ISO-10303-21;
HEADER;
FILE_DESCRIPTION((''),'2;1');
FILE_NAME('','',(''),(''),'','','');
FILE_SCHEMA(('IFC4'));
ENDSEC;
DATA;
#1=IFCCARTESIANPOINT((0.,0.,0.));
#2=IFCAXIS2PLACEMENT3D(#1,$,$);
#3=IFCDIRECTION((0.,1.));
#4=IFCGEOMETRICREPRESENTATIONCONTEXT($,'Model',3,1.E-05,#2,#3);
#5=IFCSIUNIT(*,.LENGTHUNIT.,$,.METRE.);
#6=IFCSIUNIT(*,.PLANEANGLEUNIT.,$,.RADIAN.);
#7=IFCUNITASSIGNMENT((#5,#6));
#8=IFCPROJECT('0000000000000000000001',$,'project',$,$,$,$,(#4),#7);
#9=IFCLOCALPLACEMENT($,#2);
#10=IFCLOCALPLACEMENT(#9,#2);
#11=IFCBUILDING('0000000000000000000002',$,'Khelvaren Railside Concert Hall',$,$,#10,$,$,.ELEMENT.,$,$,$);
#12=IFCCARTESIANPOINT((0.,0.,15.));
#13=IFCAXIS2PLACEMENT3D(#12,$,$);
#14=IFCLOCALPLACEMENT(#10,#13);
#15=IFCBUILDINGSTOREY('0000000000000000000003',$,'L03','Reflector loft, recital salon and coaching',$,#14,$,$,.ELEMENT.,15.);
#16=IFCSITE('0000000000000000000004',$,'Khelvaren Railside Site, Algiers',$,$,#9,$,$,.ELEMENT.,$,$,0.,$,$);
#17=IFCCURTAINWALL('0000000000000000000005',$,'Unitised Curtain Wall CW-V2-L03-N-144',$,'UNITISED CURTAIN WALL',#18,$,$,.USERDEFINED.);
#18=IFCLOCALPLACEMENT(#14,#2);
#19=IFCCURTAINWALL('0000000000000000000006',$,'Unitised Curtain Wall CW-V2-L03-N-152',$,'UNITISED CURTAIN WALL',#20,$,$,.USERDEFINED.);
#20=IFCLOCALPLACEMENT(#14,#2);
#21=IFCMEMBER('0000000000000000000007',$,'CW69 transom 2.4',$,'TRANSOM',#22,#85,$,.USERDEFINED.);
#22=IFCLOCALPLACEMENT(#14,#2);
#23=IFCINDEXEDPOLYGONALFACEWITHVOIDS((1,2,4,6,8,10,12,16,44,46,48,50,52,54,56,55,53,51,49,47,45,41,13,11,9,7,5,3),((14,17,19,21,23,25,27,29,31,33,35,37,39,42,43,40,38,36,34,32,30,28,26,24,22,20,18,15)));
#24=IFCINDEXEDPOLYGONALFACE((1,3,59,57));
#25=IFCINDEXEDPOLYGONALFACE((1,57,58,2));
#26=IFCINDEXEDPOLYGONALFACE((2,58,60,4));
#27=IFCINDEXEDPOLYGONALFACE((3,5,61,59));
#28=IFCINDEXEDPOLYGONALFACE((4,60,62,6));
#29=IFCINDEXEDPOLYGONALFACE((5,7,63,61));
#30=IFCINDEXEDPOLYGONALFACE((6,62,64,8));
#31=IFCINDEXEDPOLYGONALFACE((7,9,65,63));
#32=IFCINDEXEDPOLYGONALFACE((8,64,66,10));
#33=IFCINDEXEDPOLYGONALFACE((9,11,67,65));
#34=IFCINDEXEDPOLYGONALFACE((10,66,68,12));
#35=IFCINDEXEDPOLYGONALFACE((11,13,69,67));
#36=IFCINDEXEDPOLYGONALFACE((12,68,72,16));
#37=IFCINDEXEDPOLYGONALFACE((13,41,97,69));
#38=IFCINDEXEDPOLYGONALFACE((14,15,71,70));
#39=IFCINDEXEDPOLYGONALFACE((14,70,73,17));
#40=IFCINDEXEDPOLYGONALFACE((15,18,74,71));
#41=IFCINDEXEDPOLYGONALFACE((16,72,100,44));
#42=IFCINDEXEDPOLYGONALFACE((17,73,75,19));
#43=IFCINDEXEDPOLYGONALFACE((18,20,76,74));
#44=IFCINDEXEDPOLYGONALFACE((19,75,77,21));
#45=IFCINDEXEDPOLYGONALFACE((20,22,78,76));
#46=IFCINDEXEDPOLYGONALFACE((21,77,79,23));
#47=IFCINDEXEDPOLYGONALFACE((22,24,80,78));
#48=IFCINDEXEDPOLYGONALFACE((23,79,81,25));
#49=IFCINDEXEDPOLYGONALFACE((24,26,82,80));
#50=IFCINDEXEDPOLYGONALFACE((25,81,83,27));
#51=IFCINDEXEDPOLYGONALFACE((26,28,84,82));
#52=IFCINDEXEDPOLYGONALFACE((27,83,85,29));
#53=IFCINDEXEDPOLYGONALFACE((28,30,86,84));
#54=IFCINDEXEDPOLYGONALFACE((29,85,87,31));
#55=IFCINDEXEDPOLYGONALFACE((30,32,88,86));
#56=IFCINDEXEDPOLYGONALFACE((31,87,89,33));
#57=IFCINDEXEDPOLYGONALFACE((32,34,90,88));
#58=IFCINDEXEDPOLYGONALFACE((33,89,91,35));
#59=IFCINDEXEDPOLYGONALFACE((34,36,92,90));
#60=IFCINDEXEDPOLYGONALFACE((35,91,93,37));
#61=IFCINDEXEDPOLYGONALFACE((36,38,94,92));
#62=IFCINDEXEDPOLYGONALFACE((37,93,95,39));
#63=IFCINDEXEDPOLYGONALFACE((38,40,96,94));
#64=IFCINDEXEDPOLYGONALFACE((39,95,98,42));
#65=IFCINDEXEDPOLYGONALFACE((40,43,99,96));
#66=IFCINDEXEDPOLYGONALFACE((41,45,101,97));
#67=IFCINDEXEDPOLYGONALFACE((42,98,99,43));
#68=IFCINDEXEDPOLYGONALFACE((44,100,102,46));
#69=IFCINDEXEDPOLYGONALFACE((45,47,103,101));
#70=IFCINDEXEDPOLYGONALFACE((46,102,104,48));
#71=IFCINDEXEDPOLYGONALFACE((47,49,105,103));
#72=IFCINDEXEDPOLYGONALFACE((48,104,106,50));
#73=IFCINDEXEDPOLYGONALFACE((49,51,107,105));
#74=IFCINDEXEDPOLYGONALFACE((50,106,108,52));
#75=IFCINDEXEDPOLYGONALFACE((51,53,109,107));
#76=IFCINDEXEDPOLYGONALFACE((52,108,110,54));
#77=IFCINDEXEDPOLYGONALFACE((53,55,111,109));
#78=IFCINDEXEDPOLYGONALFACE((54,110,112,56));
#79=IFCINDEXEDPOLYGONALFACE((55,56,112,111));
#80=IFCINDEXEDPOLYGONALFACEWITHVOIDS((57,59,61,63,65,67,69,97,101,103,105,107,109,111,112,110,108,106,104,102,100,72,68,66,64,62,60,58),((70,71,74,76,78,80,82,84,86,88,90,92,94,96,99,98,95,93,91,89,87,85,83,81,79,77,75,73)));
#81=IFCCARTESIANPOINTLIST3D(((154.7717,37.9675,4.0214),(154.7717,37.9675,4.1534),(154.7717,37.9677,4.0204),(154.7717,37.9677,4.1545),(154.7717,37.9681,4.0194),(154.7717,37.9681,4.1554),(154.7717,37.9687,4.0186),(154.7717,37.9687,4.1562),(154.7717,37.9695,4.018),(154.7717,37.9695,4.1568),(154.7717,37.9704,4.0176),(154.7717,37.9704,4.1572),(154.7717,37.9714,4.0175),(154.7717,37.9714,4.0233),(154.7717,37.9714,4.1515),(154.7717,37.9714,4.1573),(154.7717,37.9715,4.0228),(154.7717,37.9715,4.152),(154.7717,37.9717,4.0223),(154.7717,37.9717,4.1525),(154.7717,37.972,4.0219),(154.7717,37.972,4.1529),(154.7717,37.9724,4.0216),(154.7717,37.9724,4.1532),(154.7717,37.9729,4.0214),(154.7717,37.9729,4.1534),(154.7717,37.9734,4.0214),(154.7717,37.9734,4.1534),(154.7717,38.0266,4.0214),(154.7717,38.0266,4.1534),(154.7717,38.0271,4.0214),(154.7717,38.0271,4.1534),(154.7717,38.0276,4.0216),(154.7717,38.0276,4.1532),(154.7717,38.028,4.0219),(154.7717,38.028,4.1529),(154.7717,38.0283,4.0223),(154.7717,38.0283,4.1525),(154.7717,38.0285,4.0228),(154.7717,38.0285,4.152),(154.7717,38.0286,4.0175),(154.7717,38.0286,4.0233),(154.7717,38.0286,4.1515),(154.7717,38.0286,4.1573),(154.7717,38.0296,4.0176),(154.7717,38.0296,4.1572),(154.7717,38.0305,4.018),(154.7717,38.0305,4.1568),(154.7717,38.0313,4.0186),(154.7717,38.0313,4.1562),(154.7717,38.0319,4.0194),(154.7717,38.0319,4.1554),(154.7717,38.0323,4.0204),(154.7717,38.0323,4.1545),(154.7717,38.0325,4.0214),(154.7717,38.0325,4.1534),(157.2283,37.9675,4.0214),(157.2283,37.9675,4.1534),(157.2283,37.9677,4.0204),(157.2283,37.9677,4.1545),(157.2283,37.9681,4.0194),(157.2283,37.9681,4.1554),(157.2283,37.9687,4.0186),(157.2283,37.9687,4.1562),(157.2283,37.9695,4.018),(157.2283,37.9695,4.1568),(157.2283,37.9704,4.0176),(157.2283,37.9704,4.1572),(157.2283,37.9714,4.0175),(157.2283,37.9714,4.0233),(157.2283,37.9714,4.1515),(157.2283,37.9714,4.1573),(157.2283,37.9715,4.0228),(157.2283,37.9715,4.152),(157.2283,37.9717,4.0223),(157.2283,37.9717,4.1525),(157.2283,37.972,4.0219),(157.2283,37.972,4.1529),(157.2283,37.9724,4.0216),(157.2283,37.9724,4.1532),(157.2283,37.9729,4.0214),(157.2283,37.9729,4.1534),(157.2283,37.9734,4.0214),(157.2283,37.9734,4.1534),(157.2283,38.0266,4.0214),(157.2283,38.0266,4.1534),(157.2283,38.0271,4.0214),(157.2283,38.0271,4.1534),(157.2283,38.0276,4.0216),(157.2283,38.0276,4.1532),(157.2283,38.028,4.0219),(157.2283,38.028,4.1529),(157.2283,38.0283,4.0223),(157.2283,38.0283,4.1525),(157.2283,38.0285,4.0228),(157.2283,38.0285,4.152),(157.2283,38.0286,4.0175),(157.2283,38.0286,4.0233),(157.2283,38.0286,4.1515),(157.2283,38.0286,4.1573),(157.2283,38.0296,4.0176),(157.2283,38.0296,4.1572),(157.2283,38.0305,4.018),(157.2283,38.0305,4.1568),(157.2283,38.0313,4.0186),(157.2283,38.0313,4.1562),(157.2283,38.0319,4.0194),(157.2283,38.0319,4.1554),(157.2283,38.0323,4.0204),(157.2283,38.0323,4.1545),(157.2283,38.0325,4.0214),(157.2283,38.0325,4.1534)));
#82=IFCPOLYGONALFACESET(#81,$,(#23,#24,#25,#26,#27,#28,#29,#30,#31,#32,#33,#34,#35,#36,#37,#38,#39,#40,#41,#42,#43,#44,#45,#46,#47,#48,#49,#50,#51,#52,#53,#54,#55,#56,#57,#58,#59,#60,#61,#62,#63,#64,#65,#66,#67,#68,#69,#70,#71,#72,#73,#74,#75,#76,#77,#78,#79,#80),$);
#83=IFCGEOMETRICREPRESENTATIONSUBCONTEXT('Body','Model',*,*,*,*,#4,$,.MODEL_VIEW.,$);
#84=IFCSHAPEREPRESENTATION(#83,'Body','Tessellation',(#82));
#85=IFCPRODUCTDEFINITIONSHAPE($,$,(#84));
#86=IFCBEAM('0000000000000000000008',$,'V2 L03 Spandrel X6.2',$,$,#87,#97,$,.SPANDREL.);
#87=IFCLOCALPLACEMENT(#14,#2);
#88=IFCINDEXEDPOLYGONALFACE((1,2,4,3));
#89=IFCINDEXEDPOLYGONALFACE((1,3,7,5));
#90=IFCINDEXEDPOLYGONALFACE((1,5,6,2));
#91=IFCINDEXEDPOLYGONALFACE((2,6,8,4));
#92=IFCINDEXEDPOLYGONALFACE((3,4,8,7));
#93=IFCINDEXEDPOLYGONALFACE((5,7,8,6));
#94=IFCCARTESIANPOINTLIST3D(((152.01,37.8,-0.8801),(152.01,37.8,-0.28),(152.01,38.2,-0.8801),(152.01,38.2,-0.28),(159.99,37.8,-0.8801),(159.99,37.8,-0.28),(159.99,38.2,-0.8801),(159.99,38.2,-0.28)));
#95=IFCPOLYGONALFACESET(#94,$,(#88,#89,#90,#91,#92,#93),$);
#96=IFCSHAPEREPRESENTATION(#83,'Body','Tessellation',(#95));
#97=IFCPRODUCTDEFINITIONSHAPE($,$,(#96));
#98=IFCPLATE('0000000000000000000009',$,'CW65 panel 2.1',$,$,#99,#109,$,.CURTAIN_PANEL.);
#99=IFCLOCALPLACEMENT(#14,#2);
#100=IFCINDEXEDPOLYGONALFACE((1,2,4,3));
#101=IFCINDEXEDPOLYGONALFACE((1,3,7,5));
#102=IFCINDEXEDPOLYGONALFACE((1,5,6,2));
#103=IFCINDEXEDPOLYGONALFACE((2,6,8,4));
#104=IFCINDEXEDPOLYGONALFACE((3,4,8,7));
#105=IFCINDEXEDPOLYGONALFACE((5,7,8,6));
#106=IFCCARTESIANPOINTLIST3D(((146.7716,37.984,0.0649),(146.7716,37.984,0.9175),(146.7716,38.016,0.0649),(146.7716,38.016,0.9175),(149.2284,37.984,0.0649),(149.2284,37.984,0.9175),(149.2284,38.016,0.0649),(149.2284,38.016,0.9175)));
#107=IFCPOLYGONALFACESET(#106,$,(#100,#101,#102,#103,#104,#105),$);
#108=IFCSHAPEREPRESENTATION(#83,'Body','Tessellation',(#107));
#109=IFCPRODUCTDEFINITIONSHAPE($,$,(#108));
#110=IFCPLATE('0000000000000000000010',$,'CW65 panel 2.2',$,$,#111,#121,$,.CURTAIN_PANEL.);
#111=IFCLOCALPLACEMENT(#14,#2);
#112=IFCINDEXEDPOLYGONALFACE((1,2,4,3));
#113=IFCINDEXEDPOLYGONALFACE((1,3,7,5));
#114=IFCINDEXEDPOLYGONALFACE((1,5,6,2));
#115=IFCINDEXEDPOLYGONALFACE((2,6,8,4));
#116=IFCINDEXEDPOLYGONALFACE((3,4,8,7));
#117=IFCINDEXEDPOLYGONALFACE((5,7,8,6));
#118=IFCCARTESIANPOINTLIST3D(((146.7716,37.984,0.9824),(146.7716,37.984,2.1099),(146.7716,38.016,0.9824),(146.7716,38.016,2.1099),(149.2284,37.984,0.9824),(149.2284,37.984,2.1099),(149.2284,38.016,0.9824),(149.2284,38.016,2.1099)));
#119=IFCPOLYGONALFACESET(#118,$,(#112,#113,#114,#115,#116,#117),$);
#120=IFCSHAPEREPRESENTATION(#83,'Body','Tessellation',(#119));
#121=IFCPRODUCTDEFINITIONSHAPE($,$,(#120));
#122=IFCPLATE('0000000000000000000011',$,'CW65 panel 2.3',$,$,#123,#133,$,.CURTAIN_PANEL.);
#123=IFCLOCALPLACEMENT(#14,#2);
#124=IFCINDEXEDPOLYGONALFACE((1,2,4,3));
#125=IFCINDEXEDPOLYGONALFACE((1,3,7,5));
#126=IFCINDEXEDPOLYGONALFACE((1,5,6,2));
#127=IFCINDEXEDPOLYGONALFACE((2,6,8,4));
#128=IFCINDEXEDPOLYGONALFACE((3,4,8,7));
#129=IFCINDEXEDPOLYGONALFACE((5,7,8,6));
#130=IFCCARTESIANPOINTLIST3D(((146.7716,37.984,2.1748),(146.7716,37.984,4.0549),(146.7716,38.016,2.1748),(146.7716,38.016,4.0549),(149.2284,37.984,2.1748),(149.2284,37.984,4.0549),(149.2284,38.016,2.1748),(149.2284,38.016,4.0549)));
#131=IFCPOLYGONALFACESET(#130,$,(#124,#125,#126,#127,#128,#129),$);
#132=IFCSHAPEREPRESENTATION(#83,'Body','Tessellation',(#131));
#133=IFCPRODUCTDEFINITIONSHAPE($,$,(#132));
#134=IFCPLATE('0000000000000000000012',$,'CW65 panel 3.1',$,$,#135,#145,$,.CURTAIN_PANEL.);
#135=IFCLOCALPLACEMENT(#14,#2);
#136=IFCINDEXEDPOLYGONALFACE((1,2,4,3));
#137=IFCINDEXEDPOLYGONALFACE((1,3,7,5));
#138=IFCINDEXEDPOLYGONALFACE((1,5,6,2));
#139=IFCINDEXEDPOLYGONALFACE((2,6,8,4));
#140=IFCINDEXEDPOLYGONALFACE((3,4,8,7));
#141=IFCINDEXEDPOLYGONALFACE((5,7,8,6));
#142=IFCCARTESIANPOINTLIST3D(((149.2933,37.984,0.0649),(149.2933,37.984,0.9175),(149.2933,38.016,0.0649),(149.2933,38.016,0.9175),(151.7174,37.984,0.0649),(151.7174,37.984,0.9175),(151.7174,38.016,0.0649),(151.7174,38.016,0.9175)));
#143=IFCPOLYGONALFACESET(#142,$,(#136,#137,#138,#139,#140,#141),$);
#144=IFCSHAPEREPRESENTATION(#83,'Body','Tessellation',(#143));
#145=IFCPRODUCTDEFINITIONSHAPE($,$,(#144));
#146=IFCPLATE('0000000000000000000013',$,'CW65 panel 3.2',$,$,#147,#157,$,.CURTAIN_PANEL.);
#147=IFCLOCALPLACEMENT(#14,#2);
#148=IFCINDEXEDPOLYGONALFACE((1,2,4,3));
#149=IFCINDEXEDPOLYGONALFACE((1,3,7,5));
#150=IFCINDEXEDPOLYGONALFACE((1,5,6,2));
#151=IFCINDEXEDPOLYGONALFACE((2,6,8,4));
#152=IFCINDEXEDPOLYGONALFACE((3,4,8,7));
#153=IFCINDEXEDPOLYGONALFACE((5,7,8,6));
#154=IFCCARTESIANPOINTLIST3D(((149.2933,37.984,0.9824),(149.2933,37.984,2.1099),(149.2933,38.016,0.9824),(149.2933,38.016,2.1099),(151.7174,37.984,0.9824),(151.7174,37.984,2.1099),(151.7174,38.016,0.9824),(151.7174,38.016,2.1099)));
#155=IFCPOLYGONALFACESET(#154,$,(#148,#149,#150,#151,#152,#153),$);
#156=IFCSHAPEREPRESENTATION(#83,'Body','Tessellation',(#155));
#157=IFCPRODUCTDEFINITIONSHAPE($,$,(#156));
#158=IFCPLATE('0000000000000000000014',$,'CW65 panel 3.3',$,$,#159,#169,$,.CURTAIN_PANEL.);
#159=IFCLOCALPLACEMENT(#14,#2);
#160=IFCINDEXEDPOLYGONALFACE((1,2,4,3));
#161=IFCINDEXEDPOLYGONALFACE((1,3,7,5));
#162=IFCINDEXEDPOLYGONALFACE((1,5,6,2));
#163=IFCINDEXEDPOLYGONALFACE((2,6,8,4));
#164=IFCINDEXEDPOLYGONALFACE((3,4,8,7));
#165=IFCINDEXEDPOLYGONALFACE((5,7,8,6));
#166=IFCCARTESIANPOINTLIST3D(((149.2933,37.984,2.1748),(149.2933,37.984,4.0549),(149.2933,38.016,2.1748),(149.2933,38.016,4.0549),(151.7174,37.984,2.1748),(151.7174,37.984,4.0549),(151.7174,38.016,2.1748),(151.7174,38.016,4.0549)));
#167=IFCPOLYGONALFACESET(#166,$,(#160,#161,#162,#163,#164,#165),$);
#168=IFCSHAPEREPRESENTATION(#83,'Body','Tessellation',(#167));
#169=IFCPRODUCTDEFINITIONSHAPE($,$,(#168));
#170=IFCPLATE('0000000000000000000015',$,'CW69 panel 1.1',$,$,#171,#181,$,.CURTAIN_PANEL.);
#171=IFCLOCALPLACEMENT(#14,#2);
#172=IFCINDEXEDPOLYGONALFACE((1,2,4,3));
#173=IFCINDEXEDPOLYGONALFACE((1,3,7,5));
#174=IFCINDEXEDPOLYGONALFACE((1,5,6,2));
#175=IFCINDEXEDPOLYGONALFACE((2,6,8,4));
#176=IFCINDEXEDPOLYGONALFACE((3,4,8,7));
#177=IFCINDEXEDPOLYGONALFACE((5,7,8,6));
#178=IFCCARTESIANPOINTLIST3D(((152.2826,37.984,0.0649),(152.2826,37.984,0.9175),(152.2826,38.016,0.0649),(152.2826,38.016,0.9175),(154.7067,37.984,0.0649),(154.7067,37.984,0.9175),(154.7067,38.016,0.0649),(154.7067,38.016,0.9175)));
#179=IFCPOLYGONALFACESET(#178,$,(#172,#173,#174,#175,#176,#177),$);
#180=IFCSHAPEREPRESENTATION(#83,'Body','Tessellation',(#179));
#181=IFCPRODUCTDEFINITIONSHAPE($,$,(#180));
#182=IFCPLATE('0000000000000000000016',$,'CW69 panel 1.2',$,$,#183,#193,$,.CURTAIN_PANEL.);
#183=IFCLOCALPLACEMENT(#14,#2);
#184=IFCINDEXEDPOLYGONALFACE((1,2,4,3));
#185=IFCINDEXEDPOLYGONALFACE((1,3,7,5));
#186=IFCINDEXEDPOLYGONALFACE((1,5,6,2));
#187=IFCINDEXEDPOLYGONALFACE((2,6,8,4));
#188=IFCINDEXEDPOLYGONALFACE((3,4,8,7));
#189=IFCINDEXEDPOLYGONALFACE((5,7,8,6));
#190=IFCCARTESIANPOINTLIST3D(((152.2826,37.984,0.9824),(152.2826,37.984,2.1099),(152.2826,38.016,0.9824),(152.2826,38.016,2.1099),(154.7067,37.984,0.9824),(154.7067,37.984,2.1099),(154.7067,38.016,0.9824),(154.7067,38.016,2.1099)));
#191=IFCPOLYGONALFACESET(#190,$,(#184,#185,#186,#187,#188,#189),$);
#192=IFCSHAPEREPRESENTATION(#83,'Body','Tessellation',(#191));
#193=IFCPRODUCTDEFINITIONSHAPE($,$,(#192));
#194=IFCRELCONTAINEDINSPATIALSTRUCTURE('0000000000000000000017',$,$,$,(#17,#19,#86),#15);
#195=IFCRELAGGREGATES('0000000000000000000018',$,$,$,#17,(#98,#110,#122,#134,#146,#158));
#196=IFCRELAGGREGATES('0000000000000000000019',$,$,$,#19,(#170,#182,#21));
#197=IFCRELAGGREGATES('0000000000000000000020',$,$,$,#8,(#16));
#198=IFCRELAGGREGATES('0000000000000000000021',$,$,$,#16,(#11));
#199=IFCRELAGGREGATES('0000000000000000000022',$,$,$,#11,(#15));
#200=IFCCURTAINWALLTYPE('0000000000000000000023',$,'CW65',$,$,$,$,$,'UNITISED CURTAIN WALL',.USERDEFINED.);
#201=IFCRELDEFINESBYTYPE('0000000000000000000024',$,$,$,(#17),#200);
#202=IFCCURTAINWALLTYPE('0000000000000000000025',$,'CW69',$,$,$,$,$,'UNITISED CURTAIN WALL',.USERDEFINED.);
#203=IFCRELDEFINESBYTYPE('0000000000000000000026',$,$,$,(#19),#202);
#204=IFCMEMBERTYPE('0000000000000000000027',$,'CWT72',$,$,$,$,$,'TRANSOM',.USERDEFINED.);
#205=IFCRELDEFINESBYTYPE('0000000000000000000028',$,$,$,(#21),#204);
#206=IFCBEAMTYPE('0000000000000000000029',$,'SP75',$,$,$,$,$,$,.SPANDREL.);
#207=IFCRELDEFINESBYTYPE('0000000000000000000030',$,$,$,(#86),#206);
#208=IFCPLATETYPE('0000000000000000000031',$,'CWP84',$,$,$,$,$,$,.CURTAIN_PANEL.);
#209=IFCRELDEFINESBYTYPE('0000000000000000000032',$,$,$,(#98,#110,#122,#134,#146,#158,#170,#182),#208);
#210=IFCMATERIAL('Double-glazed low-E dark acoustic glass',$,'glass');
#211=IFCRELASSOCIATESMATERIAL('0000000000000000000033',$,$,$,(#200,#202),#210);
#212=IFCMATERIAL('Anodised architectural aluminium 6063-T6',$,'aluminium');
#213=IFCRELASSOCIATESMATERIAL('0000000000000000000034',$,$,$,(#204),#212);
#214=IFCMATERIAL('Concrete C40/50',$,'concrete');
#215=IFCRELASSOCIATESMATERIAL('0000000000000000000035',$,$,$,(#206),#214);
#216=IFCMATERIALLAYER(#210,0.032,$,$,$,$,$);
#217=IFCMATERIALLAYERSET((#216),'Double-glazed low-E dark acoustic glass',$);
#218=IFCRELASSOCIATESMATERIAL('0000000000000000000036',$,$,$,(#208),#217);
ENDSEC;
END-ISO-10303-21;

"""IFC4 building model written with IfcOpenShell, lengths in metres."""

from ifc_helpers import new_model, si_unit, direction, frame, origin, origin_2d, place, context, subcontext, project, spatial, rectangle, hollow_rectangle, extrude, material, layer, layer_set, material_profile, profile_set, type_object, element, aggregate, save


model = new_model("IFC4")

# Units and contexts
model_context = context("Model", 3, precision=1e-05, world=origin(), true_north=direction((0.0, 1.0)))
body_context = subcontext(model_context, "Body", "Model", "MODEL_VIEW")
ifc_project = project(units=[si_unit("LENGTHUNIT", "METRE"), si_unit("PLANEANGLEUNIT", "RADIAN")], contexts=[model_context])

# Site, building, storey
site_placement = place(None, origin())
site = spatial("IfcSite", under=ifc_project, at=site_placement, Name="Khelvaren Railside Site, Algiers", CompositionType="ELEMENT", RefElevation=0.0)
building_placement = place(site_placement, origin())
building = spatial("IfcBuilding", under=site, at=building_placement, Name="Khelvaren Railside Concert Hall", CompositionType="ELEMENT")
storey_placement = place(building_placement, frame((0.0, 0.0, 15.0)))
storey = spatial("IfcBuildingStorey", under=building, at=storey_placement, Name="L03", Description="Reflector loft, recital salon and coaching", CompositionType="ELEMENT", Elevation=15.0)

# Curtain walls
ifc_material_1 = material(Name="Double-glazed low-E dark acoustic glass", Category="glass")
curtain_wall_type_1 = type_object("IfcCurtainWallType", Name="CW65", ElementType="UNITISED CURTAIN WALL", PredefinedType="USERDEFINED", material=ifc_material_1)
curtain_wall_1_placement = place(storey_placement, origin())
curtain_wall_1 = element("IfcCurtainWall", 1, at=curtain_wall_1_placement, inside=storey, type_object=curtain_wall_type_1, Name="Unitised Curtain Wall CW-V2-L03-N-144", ObjectType="UNITISED CURTAIN WALL", PredefinedType="USERDEFINED")
ifc_material_2 = material(Name="Anodised architectural aluminium 6063-T6", Category="aluminium")
curtain_wall_type_2 = type_object("IfcCurtainWallType", Name="CW69", ElementType="UNITISED CURTAIN WALL", PredefinedType="USERDEFINED", material=ifc_material_1)
curtain_wall_2_placement = place(storey_placement, origin())
curtain_wall_2 = element("IfcCurtainWall", 2, at=curtain_wall_2_placement, inside=storey, type_object=curtain_wall_type_2, Name="Unitised Curtain Wall CW-V2-L03-N-152", ObjectType="UNITISED CURTAIN WALL", PredefinedType="USERDEFINED")

# Member
ifc_material_profile_1 = material_profile(ifc_material_2, hollow_rectangle(XDim=0.0649, YDim=0.1399, WallThickness=0.0039, InnerFilletRadius=0.002, OuterFilletRadius=0.0039, at=origin_2d()), Name="CWT 65x140x4")
ifc_profile_set_1 = profile_set([ifc_material_profile_1], Name="Anodised architectural aluminium 6063-T6")
member_type_1 = type_object("IfcMemberType", Name="CWT72", ElementType="TRANSOM", PredefinedType="USERDEFINED", material=ifc_profile_set_1)
member_1_placement = place(storey_placement, frame((154.7717, 38.0, 4.0874), z_axis=(1.0, 0.0, 0.0), x_axis=(0.0, 1.0, 0.0)))
member_1 = element("IfcMember", 3, at=member_1_placement, type_object=member_type_1, Name="CW69 transom 2.4", ObjectType="TRANSOM", PredefinedType="USERDEFINED", context=body_context, shape_type="SweptSolid", body=[
    extrude(hollow_rectangle(XDim=0.0649, YDim=0.1399, WallThickness=0.0039, InnerFilletRadius=0.002, OuterFilletRadius=0.0039, at=origin_2d()), origin(), (0.0, 0.0, 1.0), 2.4565),
])

# Beam
ifc_material_3 = material(Name="Concrete C40/50", Category="concrete")
ifc_material_profile_2 = material_profile(ifc_material_3, rectangle(XDim=0.3999, YDim=0.6001, at=origin_2d()), Name="RCB 400x600")
ifc_profile_set_2 = profile_set([ifc_material_profile_2], Name="Concrete C40/50")
beam_type = type_object("IfcBeamType", Name="SP75", PredefinedType="SPANDREL", material=ifc_profile_set_2)
beam_placement = place(storey_placement, frame((152.01, 38.0, -0.5801), z_axis=(1.0, 0.0, 0.0), x_axis=(0.0, 1.0, 0.0)))
element("IfcBeam", 4, at=beam_placement, inside=storey, type_object=beam_type, Name="V2 L03 Spandrel X6.2", PredefinedType="SPANDREL", context=body_context, shape_type="SweptSolid", body=[
    extrude(rectangle(XDim=0.3999, YDim=0.6001, at=origin_2d()), origin(), (0.0, 0.0, 1.0), 7.98),
])

# Plates
ifc_layer = layer(ifc_material_1, 0.032)
ifc_layer_set = layer_set([ifc_layer], Name="Double-glazed low-E dark acoustic glass")
plate_type = type_object("IfcPlateType", Name="CWP84", PredefinedType="CURTAIN_PANEL", material=ifc_layer_set)
plate_1_placement = place(storey_placement, frame((148.0, 38.0, 0.0649), z_axis=(0.0, 0.0, 1.0), x_axis=(1.0, 0.0, 0.0)))
plate_1 = element("IfcPlate", 5, at=plate_1_placement, type_object=plate_type, Name="CW65 panel 2.1", PredefinedType="CURTAIN_PANEL", context=body_context, shape_type="SweptSolid", body=[
    extrude(rectangle(XDim=2.4568, YDim=0.032, at=origin_2d()), origin(), (0.0, 0.0, 1.0), 0.8525),
])
plate_2_placement = place(storey_placement, frame((148.0, 38.0, 0.9824), z_axis=(0.0, 0.0, 1.0), x_axis=(1.0, 0.0, 0.0)))
plate_2 = element("IfcPlate", 6, at=plate_2_placement, type_object=plate_type, Name="CW65 panel 2.2", PredefinedType="CURTAIN_PANEL", context=body_context, shape_type="SweptSolid", body=[
    extrude(rectangle(XDim=2.4568, YDim=0.032, at=origin_2d()), origin(), (0.0, 0.0, 1.0), 1.1274),
])
plate_3_placement = place(storey_placement, frame((148.0, 38.0, 2.1748), z_axis=(0.0, 0.0, 1.0), x_axis=(1.0, 0.0, 0.0)))
plate_3 = element("IfcPlate", 7, at=plate_3_placement, type_object=plate_type, Name="CW65 panel 2.3", PredefinedType="CURTAIN_PANEL", context=body_context, shape_type="SweptSolid", body=[
    extrude(rectangle(XDim=2.4568, YDim=0.032, at=origin_2d()), origin(), (0.0, 0.0, 1.0), 1.8801),
])
plate_4_placement = place(storey_placement, frame((150.5054, 38.0, 0.0649), z_axis=(0.0, 0.0, 1.0), x_axis=(1.0, 0.0, 0.0)))
plate_4 = element("IfcPlate", 8, at=plate_4_placement, type_object=plate_type, Name="CW65 panel 3.1", PredefinedType="CURTAIN_PANEL", context=body_context, shape_type="SweptSolid", body=[
    extrude(rectangle(XDim=2.4241, YDim=0.032, at=origin_2d()), origin(), (0.0, 0.0, 1.0), 0.8525),
])
plate_5_placement = place(storey_placement, frame((150.5054, 38.0, 0.9824), z_axis=(0.0, 0.0, 1.0), x_axis=(1.0, 0.0, 0.0)))
plate_5 = element("IfcPlate", 9, at=plate_5_placement, type_object=plate_type, Name="CW65 panel 3.2", PredefinedType="CURTAIN_PANEL", context=body_context, shape_type="SweptSolid", body=[
    extrude(rectangle(XDim=2.4241, YDim=0.032, at=origin_2d()), origin(), (0.0, 0.0, 1.0), 1.1274),
])
plate_6_placement = place(storey_placement, frame((150.5054, 38.0, 2.1748), z_axis=(0.0, 0.0, 1.0), x_axis=(1.0, 0.0, 0.0)))
plate_6 = element("IfcPlate", 10, at=plate_6_placement, type_object=plate_type, Name="CW65 panel 3.3", PredefinedType="CURTAIN_PANEL", context=body_context, shape_type="SweptSolid", body=[
    extrude(rectangle(XDim=2.4241, YDim=0.032, at=origin_2d()), origin(), (0.0, 0.0, 1.0), 1.8801),
])
aggregate(curtain_wall_1, [plate_1, plate_2, plate_3, plate_4, plate_5, plate_6])
plate_7_placement = place(storey_placement, frame((153.4946, 38.0, 0.0649), z_axis=(0.0, 0.0, 1.0), x_axis=(1.0, 0.0, 0.0)))
plate_7 = element("IfcPlate", 11, at=plate_7_placement, type_object=plate_type, Name="CW69 panel 1.1", PredefinedType="CURTAIN_PANEL", context=body_context, shape_type="SweptSolid", body=[
    extrude(rectangle(XDim=2.4241, YDim=0.032, at=origin_2d()), origin(), (0.0, 0.0, 1.0), 0.8525),
])
plate_8_placement = place(storey_placement, frame((153.4946, 38.0, 0.9824), z_axis=(0.0, 0.0, 1.0), x_axis=(1.0, 0.0, 0.0)))
plate_8 = element("IfcPlate", 12, at=plate_8_placement, type_object=plate_type, Name="CW69 panel 1.2", PredefinedType="CURTAIN_PANEL", context=body_context, shape_type="SweptSolid", body=[
    extrude(rectangle(XDim=2.4241, YDim=0.032, at=origin_2d()), origin(), (0.0, 0.0, 1.0), 1.1274),
])
aggregate(curtain_wall_2, [plate_7, plate_8, member_1])

save(model, "model.ifc")
